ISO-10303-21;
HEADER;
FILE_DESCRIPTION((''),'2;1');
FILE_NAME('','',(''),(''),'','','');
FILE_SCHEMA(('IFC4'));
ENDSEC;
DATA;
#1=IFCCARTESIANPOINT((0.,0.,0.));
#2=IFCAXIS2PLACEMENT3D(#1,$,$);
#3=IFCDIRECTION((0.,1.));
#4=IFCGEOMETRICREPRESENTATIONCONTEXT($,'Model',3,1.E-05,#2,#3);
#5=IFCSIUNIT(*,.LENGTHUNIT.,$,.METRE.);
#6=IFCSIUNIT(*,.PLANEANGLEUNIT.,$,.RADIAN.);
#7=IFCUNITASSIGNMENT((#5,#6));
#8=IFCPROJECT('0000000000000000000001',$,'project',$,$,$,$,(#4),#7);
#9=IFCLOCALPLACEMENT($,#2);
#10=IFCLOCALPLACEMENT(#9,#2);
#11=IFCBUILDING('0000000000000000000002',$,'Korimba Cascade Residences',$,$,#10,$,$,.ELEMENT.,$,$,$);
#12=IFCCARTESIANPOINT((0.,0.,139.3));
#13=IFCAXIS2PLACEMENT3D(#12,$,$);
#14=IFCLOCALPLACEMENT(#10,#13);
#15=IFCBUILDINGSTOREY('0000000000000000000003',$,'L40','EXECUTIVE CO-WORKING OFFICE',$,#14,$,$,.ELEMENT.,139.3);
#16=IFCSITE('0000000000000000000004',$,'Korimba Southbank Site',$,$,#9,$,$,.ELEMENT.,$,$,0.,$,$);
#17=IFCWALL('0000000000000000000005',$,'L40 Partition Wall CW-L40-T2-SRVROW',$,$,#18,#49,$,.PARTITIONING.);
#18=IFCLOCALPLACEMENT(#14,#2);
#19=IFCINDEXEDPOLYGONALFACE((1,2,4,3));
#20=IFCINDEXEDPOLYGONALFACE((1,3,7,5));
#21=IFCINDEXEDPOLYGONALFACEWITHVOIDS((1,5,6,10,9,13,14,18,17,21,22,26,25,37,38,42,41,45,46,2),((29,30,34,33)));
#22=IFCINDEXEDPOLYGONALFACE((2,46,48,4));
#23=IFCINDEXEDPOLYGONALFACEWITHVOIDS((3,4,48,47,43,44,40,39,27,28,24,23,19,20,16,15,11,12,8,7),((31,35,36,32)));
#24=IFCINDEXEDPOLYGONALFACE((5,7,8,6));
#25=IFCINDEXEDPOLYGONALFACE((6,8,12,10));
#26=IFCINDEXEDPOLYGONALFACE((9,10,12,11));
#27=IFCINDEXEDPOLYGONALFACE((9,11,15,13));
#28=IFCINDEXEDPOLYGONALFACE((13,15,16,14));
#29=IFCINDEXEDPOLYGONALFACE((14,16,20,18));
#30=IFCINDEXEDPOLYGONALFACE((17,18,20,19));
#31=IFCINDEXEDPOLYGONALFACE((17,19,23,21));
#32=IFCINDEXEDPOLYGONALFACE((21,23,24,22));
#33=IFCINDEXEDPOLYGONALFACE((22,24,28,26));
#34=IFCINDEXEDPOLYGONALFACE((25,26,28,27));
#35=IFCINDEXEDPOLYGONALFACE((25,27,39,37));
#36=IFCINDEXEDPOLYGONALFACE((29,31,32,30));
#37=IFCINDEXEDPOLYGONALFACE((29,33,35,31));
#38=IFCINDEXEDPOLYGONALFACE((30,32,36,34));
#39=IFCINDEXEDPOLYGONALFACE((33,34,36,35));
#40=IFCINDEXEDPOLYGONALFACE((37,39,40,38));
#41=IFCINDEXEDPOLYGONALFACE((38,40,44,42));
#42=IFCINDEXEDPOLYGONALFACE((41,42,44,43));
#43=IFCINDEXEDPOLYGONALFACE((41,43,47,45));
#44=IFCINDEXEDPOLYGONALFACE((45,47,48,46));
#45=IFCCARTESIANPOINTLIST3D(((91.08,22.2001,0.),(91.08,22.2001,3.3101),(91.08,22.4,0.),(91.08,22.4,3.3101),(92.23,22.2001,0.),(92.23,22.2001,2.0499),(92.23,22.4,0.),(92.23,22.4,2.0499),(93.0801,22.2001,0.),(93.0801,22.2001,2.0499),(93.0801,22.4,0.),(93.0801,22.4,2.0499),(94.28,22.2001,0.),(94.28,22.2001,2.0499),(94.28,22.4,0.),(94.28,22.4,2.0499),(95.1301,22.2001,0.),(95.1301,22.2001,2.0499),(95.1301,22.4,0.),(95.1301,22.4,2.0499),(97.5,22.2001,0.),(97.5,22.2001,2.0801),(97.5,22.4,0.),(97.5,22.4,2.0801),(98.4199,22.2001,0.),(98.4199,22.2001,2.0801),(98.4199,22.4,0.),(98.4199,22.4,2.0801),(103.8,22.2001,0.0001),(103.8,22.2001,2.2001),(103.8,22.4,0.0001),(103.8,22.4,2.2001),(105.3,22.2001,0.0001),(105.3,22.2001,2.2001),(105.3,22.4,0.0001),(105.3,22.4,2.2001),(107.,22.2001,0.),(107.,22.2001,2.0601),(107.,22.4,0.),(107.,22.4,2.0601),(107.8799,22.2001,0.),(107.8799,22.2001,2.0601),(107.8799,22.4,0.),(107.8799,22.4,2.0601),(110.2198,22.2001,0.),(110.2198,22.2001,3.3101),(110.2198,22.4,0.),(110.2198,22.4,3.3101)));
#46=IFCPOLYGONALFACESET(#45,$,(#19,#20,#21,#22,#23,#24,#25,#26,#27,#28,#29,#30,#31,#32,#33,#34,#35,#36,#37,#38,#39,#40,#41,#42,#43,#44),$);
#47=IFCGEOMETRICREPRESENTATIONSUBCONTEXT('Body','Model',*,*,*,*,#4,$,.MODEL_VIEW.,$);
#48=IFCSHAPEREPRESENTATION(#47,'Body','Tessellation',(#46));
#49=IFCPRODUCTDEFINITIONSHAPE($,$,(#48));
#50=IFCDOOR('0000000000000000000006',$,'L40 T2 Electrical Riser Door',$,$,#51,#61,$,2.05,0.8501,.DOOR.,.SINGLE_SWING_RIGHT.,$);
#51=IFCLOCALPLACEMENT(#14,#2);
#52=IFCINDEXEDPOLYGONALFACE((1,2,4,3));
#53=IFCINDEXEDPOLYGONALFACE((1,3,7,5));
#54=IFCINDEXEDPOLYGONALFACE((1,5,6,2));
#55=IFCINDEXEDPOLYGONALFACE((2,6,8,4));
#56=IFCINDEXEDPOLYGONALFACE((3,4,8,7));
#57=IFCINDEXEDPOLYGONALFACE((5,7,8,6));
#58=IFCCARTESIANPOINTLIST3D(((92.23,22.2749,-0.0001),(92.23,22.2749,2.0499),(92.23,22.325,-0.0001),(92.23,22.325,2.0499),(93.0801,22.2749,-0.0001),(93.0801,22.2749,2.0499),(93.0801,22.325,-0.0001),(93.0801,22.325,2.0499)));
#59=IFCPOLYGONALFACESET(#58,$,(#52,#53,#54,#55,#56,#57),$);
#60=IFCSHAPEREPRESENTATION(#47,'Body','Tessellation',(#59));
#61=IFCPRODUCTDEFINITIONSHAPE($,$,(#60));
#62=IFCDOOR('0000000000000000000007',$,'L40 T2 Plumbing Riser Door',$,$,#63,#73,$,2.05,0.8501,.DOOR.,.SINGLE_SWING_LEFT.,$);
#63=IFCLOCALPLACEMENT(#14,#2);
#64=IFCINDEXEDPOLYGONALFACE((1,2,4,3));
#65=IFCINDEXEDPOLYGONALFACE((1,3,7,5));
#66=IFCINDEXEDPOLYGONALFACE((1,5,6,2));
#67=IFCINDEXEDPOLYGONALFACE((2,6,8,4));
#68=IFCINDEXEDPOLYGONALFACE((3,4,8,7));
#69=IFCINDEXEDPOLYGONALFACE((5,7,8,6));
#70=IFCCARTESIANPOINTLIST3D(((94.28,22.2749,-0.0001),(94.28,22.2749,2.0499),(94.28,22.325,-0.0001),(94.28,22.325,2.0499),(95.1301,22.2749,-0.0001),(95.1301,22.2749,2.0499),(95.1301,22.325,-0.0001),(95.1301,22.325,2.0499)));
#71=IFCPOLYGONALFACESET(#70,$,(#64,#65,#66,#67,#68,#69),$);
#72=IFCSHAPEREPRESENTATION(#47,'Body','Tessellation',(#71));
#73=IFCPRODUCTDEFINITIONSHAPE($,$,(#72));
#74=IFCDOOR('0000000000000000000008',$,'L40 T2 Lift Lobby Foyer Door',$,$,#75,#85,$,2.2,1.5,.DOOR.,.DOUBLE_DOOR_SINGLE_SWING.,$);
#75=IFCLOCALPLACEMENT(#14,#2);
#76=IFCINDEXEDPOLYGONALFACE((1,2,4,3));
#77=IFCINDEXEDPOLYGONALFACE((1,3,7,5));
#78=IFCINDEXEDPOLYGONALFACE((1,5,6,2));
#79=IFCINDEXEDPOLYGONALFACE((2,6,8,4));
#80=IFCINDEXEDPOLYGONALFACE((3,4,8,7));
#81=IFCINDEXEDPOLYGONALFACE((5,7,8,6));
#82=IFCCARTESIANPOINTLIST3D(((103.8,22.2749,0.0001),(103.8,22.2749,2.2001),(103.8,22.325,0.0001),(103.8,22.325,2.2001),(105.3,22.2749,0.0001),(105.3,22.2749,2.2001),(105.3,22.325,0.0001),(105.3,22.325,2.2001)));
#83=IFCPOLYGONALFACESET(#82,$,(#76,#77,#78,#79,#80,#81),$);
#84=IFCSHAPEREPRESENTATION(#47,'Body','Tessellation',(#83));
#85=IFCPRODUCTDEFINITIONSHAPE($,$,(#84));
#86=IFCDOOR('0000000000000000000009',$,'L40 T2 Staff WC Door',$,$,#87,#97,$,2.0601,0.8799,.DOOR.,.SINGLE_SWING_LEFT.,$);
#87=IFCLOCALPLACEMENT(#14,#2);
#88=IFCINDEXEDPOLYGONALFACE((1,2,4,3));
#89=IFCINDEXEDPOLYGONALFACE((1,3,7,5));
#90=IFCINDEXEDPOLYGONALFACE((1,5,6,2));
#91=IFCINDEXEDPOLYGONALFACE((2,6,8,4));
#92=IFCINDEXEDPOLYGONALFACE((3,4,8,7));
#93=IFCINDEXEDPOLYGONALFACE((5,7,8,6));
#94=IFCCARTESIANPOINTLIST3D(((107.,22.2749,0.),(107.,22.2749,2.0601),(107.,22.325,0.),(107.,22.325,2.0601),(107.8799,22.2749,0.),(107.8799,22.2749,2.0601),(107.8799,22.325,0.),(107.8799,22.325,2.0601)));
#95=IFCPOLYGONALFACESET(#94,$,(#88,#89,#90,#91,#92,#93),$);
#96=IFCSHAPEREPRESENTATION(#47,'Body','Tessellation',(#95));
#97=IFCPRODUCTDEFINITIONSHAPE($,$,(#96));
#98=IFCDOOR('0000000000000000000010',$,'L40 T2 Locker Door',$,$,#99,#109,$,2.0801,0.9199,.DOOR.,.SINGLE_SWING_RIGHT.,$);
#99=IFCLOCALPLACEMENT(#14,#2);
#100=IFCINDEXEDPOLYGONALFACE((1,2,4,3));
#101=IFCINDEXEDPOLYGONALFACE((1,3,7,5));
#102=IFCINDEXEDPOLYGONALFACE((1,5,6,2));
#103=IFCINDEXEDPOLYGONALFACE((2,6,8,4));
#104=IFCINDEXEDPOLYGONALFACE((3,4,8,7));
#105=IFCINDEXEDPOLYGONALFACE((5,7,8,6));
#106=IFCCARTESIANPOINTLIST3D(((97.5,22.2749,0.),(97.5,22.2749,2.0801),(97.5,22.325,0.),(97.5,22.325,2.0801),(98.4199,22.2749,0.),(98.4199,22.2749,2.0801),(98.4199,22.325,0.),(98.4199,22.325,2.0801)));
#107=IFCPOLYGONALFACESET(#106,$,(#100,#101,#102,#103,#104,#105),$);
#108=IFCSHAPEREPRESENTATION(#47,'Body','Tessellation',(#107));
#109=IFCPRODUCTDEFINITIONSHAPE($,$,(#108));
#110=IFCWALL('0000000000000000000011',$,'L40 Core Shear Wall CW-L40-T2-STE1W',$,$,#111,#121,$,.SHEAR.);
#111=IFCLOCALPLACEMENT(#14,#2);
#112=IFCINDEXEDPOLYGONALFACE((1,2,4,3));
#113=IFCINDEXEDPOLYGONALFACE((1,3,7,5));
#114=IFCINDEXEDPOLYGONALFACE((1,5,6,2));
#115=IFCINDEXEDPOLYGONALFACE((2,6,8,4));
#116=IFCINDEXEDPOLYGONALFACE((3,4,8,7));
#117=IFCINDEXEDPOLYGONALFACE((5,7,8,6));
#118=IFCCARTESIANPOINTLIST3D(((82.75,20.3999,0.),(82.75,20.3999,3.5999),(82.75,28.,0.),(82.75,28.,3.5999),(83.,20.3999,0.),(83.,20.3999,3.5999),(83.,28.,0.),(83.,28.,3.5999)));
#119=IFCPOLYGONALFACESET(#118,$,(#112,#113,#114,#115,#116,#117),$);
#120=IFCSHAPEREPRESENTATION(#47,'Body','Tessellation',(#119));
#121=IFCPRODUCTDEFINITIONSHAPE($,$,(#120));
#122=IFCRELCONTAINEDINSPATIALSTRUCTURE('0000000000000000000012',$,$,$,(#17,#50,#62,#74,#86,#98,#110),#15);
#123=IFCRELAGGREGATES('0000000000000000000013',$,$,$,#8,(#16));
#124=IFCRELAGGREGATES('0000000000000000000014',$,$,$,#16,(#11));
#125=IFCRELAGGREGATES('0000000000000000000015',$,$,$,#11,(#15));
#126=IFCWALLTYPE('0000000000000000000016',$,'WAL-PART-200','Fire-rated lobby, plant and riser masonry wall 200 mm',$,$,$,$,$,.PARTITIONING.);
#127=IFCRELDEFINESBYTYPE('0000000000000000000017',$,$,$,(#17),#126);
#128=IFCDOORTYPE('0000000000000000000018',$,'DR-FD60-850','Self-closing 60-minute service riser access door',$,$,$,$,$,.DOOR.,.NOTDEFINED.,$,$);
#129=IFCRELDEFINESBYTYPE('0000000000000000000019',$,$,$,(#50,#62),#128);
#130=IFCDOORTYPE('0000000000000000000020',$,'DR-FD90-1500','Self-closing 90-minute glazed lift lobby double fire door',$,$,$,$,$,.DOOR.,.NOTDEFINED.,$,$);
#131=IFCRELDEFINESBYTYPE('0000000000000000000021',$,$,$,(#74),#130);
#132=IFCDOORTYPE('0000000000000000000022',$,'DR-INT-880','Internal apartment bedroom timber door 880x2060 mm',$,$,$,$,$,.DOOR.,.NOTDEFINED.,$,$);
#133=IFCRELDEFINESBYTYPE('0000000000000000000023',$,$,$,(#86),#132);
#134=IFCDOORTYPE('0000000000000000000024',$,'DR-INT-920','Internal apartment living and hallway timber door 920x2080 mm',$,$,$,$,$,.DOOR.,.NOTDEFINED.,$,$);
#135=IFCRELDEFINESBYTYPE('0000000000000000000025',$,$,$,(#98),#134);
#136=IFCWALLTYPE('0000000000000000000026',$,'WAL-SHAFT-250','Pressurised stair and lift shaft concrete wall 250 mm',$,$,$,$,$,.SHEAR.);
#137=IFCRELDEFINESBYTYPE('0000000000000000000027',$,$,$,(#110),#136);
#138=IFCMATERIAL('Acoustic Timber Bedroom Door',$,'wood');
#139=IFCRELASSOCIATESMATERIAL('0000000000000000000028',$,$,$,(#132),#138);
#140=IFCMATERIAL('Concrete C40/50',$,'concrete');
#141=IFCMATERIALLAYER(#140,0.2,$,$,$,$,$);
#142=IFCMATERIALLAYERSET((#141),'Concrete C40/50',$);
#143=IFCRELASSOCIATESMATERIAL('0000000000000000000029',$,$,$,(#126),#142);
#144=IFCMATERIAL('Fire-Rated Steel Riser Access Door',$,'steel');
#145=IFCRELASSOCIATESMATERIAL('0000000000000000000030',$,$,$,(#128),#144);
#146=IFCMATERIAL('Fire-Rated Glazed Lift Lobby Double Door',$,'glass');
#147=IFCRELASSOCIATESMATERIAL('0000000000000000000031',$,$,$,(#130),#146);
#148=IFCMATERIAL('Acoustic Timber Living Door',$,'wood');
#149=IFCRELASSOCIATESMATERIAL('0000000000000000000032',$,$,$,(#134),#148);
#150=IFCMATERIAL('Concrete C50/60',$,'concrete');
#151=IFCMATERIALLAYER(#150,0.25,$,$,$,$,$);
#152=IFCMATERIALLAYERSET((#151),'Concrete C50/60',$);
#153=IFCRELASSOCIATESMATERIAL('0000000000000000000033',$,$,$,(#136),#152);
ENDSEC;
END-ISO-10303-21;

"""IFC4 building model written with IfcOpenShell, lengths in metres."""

from ifc_helpers import new_model, si_unit, direction, frame, frame_2d, origin, place, context, subcontext, project, spatial, rectangle, extrude, material, layer, layer_set, type_object, element, fill, save


model = new_model("IFC4")

# Units and contexts
model_context = context("Model", 3, precision=1e-05, world=origin(), true_north=direction((0.0, 1.0)))
body_context = subcontext(model_context, "Body", "Model", "MODEL_VIEW")
ifc_project = project(units=[si_unit("LENGTHUNIT", "METRE"), si_unit("PLANEANGLEUNIT", "RADIAN")], contexts=[model_context])

# Site, building, storey
site_placement = place(None, origin())
site = spatial("IfcSite", under=ifc_project, at=site_placement, Name="Korimba Southbank Site", CompositionType="ELEMENT", RefElevation=0.0)
building_placement = place(site_placement, origin())
building = spatial("IfcBuilding", under=site, at=building_placement, Name="Korimba Cascade Residences", CompositionType="ELEMENT")
storey_placement = place(building_placement, frame((0.0, 0.0, 139.3)))
storey = spatial("IfcBuildingStorey", under=building, at=storey_placement, Name="L40", Description="EXECUTIVE CO-WORKING OFFICE", CompositionType="ELEMENT", Elevation=139.3)

# Shared definitions
ifc_material_1 = material(Name="Acoustic Timber Bedroom Door", Category="wood")
door_type_1 = type_object("IfcDoorType", Name="DR-INT-880", Description="Internal apartment bedroom timber door 880x2060 mm", OperationType="NOTDEFINED", PredefinedType="DOOR", material=ifc_material_1)
ifc_material_2 = material(Name="Concrete C40/50", Category="concrete")
ifc_layer_1 = layer(ifc_material_2, 0.2)
ifc_layer_set_1 = layer_set([ifc_layer_1], Name="Concrete C40/50")
wall_type_1 = type_object("IfcWallType", Name="WAL-PART-200", Description="Fire-rated lobby, plant and riser masonry wall 200 mm", PredefinedType="PARTITIONING", material=ifc_layer_set_1)

# Wall, openings, doors
wall_1_placement = place(storey_placement, frame((91.0801, 22.3, 0.0), z_axis=(0.0, 0.0, 1.0), x_axis=(1.0, 0.0, 0.0)))
wall_1 = element("IfcWall", 1, at=wall_1_placement, inside=storey, type_object=wall_type_1, Name="L40 Partition Wall CW-L40-T2-SRVROW", PredefinedType="PARTITIONING", context=body_context, shape_type="SweptSolid", body=[
    extrude(rectangle(XDim=19.1399, YDim=0.2, at=frame_2d((9.5698, 0.0))), origin(), (0.0, 0.0, 1.0), 3.3101),
])
opening_1_placement = place(wall_1_placement, frame((1.1499, 0.0, 0.0)))
opening_1 = element("IfcOpeningElement", 2, at=opening_1_placement, cuts=wall_1, PredefinedType="OPENING", context=body_context, shape_type="SweptSolid", body=[
    extrude(rectangle(XDim=0.8501, YDim=2.05, at=frame_2d((0.425, 1.0249))), frame((0.0, 0.1099, 0.0), z_axis=(0.0, -1.0, 0.0), x_axis=(1.0, 0.0, 0.0)), (0.0, 0.0, 1.0), 0.22),
])
opening_2_placement = place(wall_1_placement, frame((3.2, 0.0, 0.0)))
opening_2 = element("IfcOpeningElement", 3, at=opening_2_placement, cuts=wall_1, PredefinedType="OPENING", context=body_context, shape_type="SweptSolid", body=[
    extrude(rectangle(XDim=0.8501, YDim=2.05, at=frame_2d((0.425, 1.0249))), frame((0.0, 0.1099, 0.0), z_axis=(0.0, -1.0, 0.0), x_axis=(1.0, 0.0, 0.0)), (0.0, 0.0, 1.0), 0.22),
])
opening_3_placement = place(wall_1_placement, frame((12.72, 0.0, 0.0)))
opening_3 = element("IfcOpeningElement", 4, at=opening_3_placement, cuts=wall_1, PredefinedType="OPENING", context=body_context, shape_type="SweptSolid", body=[
    extrude(rectangle(XDim=1.5, YDim=2.2, at=frame_2d((0.75, 1.1001))), frame((0.0, 0.1099, 0.0), z_axis=(0.0, -1.0, 0.0), x_axis=(1.0, 0.0, 0.0)), (0.0, 0.0, 1.0), 0.22),
])
opening_4_placement = place(wall_1_placement, frame((6.4199, 0.0, 0.0)))
opening_4 = element("IfcOpeningElement", 5, at=opening_4_placement, cuts=wall_1, PredefinedType="OPENING", context=body_context, shape_type="SweptSolid", body=[
    extrude(rectangle(XDim=0.9199, YDim=2.0801, at=frame_2d((0.46, 1.04))), frame((0.0, 0.1099, 0.0), z_axis=(0.0, -1.0, 0.0), x_axis=(1.0, 0.0, 0.0)), (0.0, 0.0, 1.0), 0.22),
])
opening_5_placement = place(wall_1_placement, frame((15.9199, 0.0, 0.0)))
opening_5 = element("IfcOpeningElement", 6, at=opening_5_placement, cuts=wall_1, PredefinedType="OPENING", context=body_context, shape_type="SweptSolid", body=[
    extrude(rectangle(XDim=0.8799, YDim=2.0601, at=frame_2d((0.4399, 1.03))), frame((0.0, 0.1099, 0.0), z_axis=(0.0, -1.0, 0.0), x_axis=(1.0, 0.0, 0.0)), (0.0, 0.0, 1.0), 0.22),
])
ifc_material_3 = material(Name="Fire-Rated Steel Riser Access Door", Category="steel")
door_type_2 = type_object("IfcDoorType", Name="DR-FD60-850", Description="Self-closing 60-minute service riser access door", OperationType="NOTDEFINED", PredefinedType="DOOR", material=ifc_material_3)
door_1_placement = place(opening_1_placement, origin())
door_1 = element("IfcDoor", 7, at=door_1_placement, inside=storey, type_object=door_type_2, Name="L40 T2 Electrical Riser Door", OperationType="SINGLE_SWING_RIGHT", OverallHeight=2.05, OverallWidth=0.8501, PredefinedType="DOOR", context=body_context, shape_type="SweptSolid", body=[
    extrude(rectangle(XDim=0.8501, YDim=2.05, at=frame_2d((0.425, 1.0249))), frame((0.0, 0.0249, 0.0), z_axis=(0.0, -1.0, 0.0), x_axis=(1.0, 0.0, 0.0)), (0.0, 0.0, 1.0), 0.05),
])
fill(opening_1, door_1)
door_2_placement = place(opening_2_placement, origin())
door_2 = element("IfcDoor", 8, at=door_2_placement, inside=storey, type_object=door_type_2, Name="L40 T2 Plumbing Riser Door", OperationType="SINGLE_SWING_LEFT", OverallHeight=2.05, OverallWidth=0.8501, PredefinedType="DOOR", context=body_context, shape_type="SweptSolid", body=[
    extrude(rectangle(XDim=0.8501, YDim=2.05, at=frame_2d((0.425, 1.0249))), frame((0.0, 0.0249, 0.0), z_axis=(0.0, -1.0, 0.0), x_axis=(1.0, 0.0, 0.0)), (0.0, 0.0, 1.0), 0.05),
])
fill(opening_2, door_2)
ifc_material_4 = material(Name="Fire-Rated Glazed Lift Lobby Double Door", Category="glass")
door_type_3 = type_object("IfcDoorType", Name="DR-FD90-1500", Description="Self-closing 90-minute glazed lift lobby double fire door", OperationType="NOTDEFINED", PredefinedType="DOOR", material=ifc_material_4)
door_3_placement = place(opening_3_placement, origin())
door_3 = element("IfcDoor", 9, at=door_3_placement, inside=storey, type_object=door_type_3, Name="L40 T2 Lift Lobby Foyer Door", OperationType="DOUBLE_DOOR_SINGLE_SWING", OverallHeight=2.2, OverallWidth=1.5, PredefinedType="DOOR", context=body_context, shape_type="SweptSolid", body=[
    extrude(rectangle(XDim=1.5, YDim=2.2, at=frame_2d((0.75, 1.1001))), frame((0.0, 0.0249, 0.0), z_axis=(0.0, -1.0, 0.0), x_axis=(1.0, 0.0, 0.0)), (0.0, 0.0, 1.0), 0.05),
])
fill(opening_3, door_3)
door_4_placement = place(opening_5_placement, origin())
door_4 = element("IfcDoor", 10, at=door_4_placement, inside=storey, type_object=door_type_1, Name="L40 T2 Staff WC Door", OperationType="SINGLE_SWING_LEFT", OverallHeight=2.0601, OverallWidth=0.8799, PredefinedType="DOOR", context=body_context, shape_type="SweptSolid", body=[
    extrude(rectangle(XDim=0.8799, YDim=2.0601, at=frame_2d((0.4399, 1.03))), frame((0.0, 0.0249, 0.0), z_axis=(0.0, -1.0, 0.0), x_axis=(1.0, 0.0, 0.0)), (0.0, 0.0, 1.0), 0.05),
])
fill(opening_5, door_4)
ifc_material_5 = material(Name="Acoustic Timber Living Door", Category="wood")
door_type_4 = type_object("IfcDoorType", Name="DR-INT-920", Description="Internal apartment living and hallway timber door 920x2080 mm", OperationType="NOTDEFINED", PredefinedType="DOOR", material=ifc_material_5)
door_5_placement = place(opening_4_placement, origin())
door_5 = element("IfcDoor", 11, at=door_5_placement, inside=storey, type_object=door_type_4, Name="L40 T2 Locker Door", OperationType="SINGLE_SWING_RIGHT", OverallHeight=2.0801, OverallWidth=0.9199, PredefinedType="DOOR", context=body_context, shape_type="SweptSolid", body=[
    extrude(rectangle(XDim=0.9199, YDim=2.0801, at=frame_2d((0.46, 1.04))), frame((0.0, 0.0249, 0.0), z_axis=(0.0, -1.0, 0.0), x_axis=(1.0, 0.0, 0.0)), (0.0, 0.0, 1.0), 0.05),
])
fill(opening_4, door_5)

# Wall
ifc_material_6 = material(Name="Concrete C50/60", Category="concrete")
ifc_layer_2 = layer(ifc_material_6, 0.25)
ifc_layer_set_2 = layer_set([ifc_layer_2], Name="Concrete C50/60")
wall_type_2 = type_object("IfcWallType", Name="WAL-SHAFT-250", Description="Pressurised stair and lift shaft concrete wall 250 mm", PredefinedType="SHEAR", material=ifc_layer_set_2)
wall_2_placement = place(storey_placement, frame((82.875, 20.3999, 0.0), z_axis=(0.0, 0.0, 1.0), x_axis=(0.0, 1.0, 0.0)))
element("IfcWall", 12, at=wall_2_placement, inside=storey, type_object=wall_type_2, Name="L40 Core Shear Wall CW-L40-T2-STE1W", PredefinedType="SHEAR", context=body_context, shape_type="SweptSolid", body=[
    extrude(rectangle(XDim=7.6001, YDim=0.25, at=frame_2d((3.8, 0.0))), origin(), (0.0, 0.0, 1.0), 3.5999),
])

save(model, "model.ifc")
